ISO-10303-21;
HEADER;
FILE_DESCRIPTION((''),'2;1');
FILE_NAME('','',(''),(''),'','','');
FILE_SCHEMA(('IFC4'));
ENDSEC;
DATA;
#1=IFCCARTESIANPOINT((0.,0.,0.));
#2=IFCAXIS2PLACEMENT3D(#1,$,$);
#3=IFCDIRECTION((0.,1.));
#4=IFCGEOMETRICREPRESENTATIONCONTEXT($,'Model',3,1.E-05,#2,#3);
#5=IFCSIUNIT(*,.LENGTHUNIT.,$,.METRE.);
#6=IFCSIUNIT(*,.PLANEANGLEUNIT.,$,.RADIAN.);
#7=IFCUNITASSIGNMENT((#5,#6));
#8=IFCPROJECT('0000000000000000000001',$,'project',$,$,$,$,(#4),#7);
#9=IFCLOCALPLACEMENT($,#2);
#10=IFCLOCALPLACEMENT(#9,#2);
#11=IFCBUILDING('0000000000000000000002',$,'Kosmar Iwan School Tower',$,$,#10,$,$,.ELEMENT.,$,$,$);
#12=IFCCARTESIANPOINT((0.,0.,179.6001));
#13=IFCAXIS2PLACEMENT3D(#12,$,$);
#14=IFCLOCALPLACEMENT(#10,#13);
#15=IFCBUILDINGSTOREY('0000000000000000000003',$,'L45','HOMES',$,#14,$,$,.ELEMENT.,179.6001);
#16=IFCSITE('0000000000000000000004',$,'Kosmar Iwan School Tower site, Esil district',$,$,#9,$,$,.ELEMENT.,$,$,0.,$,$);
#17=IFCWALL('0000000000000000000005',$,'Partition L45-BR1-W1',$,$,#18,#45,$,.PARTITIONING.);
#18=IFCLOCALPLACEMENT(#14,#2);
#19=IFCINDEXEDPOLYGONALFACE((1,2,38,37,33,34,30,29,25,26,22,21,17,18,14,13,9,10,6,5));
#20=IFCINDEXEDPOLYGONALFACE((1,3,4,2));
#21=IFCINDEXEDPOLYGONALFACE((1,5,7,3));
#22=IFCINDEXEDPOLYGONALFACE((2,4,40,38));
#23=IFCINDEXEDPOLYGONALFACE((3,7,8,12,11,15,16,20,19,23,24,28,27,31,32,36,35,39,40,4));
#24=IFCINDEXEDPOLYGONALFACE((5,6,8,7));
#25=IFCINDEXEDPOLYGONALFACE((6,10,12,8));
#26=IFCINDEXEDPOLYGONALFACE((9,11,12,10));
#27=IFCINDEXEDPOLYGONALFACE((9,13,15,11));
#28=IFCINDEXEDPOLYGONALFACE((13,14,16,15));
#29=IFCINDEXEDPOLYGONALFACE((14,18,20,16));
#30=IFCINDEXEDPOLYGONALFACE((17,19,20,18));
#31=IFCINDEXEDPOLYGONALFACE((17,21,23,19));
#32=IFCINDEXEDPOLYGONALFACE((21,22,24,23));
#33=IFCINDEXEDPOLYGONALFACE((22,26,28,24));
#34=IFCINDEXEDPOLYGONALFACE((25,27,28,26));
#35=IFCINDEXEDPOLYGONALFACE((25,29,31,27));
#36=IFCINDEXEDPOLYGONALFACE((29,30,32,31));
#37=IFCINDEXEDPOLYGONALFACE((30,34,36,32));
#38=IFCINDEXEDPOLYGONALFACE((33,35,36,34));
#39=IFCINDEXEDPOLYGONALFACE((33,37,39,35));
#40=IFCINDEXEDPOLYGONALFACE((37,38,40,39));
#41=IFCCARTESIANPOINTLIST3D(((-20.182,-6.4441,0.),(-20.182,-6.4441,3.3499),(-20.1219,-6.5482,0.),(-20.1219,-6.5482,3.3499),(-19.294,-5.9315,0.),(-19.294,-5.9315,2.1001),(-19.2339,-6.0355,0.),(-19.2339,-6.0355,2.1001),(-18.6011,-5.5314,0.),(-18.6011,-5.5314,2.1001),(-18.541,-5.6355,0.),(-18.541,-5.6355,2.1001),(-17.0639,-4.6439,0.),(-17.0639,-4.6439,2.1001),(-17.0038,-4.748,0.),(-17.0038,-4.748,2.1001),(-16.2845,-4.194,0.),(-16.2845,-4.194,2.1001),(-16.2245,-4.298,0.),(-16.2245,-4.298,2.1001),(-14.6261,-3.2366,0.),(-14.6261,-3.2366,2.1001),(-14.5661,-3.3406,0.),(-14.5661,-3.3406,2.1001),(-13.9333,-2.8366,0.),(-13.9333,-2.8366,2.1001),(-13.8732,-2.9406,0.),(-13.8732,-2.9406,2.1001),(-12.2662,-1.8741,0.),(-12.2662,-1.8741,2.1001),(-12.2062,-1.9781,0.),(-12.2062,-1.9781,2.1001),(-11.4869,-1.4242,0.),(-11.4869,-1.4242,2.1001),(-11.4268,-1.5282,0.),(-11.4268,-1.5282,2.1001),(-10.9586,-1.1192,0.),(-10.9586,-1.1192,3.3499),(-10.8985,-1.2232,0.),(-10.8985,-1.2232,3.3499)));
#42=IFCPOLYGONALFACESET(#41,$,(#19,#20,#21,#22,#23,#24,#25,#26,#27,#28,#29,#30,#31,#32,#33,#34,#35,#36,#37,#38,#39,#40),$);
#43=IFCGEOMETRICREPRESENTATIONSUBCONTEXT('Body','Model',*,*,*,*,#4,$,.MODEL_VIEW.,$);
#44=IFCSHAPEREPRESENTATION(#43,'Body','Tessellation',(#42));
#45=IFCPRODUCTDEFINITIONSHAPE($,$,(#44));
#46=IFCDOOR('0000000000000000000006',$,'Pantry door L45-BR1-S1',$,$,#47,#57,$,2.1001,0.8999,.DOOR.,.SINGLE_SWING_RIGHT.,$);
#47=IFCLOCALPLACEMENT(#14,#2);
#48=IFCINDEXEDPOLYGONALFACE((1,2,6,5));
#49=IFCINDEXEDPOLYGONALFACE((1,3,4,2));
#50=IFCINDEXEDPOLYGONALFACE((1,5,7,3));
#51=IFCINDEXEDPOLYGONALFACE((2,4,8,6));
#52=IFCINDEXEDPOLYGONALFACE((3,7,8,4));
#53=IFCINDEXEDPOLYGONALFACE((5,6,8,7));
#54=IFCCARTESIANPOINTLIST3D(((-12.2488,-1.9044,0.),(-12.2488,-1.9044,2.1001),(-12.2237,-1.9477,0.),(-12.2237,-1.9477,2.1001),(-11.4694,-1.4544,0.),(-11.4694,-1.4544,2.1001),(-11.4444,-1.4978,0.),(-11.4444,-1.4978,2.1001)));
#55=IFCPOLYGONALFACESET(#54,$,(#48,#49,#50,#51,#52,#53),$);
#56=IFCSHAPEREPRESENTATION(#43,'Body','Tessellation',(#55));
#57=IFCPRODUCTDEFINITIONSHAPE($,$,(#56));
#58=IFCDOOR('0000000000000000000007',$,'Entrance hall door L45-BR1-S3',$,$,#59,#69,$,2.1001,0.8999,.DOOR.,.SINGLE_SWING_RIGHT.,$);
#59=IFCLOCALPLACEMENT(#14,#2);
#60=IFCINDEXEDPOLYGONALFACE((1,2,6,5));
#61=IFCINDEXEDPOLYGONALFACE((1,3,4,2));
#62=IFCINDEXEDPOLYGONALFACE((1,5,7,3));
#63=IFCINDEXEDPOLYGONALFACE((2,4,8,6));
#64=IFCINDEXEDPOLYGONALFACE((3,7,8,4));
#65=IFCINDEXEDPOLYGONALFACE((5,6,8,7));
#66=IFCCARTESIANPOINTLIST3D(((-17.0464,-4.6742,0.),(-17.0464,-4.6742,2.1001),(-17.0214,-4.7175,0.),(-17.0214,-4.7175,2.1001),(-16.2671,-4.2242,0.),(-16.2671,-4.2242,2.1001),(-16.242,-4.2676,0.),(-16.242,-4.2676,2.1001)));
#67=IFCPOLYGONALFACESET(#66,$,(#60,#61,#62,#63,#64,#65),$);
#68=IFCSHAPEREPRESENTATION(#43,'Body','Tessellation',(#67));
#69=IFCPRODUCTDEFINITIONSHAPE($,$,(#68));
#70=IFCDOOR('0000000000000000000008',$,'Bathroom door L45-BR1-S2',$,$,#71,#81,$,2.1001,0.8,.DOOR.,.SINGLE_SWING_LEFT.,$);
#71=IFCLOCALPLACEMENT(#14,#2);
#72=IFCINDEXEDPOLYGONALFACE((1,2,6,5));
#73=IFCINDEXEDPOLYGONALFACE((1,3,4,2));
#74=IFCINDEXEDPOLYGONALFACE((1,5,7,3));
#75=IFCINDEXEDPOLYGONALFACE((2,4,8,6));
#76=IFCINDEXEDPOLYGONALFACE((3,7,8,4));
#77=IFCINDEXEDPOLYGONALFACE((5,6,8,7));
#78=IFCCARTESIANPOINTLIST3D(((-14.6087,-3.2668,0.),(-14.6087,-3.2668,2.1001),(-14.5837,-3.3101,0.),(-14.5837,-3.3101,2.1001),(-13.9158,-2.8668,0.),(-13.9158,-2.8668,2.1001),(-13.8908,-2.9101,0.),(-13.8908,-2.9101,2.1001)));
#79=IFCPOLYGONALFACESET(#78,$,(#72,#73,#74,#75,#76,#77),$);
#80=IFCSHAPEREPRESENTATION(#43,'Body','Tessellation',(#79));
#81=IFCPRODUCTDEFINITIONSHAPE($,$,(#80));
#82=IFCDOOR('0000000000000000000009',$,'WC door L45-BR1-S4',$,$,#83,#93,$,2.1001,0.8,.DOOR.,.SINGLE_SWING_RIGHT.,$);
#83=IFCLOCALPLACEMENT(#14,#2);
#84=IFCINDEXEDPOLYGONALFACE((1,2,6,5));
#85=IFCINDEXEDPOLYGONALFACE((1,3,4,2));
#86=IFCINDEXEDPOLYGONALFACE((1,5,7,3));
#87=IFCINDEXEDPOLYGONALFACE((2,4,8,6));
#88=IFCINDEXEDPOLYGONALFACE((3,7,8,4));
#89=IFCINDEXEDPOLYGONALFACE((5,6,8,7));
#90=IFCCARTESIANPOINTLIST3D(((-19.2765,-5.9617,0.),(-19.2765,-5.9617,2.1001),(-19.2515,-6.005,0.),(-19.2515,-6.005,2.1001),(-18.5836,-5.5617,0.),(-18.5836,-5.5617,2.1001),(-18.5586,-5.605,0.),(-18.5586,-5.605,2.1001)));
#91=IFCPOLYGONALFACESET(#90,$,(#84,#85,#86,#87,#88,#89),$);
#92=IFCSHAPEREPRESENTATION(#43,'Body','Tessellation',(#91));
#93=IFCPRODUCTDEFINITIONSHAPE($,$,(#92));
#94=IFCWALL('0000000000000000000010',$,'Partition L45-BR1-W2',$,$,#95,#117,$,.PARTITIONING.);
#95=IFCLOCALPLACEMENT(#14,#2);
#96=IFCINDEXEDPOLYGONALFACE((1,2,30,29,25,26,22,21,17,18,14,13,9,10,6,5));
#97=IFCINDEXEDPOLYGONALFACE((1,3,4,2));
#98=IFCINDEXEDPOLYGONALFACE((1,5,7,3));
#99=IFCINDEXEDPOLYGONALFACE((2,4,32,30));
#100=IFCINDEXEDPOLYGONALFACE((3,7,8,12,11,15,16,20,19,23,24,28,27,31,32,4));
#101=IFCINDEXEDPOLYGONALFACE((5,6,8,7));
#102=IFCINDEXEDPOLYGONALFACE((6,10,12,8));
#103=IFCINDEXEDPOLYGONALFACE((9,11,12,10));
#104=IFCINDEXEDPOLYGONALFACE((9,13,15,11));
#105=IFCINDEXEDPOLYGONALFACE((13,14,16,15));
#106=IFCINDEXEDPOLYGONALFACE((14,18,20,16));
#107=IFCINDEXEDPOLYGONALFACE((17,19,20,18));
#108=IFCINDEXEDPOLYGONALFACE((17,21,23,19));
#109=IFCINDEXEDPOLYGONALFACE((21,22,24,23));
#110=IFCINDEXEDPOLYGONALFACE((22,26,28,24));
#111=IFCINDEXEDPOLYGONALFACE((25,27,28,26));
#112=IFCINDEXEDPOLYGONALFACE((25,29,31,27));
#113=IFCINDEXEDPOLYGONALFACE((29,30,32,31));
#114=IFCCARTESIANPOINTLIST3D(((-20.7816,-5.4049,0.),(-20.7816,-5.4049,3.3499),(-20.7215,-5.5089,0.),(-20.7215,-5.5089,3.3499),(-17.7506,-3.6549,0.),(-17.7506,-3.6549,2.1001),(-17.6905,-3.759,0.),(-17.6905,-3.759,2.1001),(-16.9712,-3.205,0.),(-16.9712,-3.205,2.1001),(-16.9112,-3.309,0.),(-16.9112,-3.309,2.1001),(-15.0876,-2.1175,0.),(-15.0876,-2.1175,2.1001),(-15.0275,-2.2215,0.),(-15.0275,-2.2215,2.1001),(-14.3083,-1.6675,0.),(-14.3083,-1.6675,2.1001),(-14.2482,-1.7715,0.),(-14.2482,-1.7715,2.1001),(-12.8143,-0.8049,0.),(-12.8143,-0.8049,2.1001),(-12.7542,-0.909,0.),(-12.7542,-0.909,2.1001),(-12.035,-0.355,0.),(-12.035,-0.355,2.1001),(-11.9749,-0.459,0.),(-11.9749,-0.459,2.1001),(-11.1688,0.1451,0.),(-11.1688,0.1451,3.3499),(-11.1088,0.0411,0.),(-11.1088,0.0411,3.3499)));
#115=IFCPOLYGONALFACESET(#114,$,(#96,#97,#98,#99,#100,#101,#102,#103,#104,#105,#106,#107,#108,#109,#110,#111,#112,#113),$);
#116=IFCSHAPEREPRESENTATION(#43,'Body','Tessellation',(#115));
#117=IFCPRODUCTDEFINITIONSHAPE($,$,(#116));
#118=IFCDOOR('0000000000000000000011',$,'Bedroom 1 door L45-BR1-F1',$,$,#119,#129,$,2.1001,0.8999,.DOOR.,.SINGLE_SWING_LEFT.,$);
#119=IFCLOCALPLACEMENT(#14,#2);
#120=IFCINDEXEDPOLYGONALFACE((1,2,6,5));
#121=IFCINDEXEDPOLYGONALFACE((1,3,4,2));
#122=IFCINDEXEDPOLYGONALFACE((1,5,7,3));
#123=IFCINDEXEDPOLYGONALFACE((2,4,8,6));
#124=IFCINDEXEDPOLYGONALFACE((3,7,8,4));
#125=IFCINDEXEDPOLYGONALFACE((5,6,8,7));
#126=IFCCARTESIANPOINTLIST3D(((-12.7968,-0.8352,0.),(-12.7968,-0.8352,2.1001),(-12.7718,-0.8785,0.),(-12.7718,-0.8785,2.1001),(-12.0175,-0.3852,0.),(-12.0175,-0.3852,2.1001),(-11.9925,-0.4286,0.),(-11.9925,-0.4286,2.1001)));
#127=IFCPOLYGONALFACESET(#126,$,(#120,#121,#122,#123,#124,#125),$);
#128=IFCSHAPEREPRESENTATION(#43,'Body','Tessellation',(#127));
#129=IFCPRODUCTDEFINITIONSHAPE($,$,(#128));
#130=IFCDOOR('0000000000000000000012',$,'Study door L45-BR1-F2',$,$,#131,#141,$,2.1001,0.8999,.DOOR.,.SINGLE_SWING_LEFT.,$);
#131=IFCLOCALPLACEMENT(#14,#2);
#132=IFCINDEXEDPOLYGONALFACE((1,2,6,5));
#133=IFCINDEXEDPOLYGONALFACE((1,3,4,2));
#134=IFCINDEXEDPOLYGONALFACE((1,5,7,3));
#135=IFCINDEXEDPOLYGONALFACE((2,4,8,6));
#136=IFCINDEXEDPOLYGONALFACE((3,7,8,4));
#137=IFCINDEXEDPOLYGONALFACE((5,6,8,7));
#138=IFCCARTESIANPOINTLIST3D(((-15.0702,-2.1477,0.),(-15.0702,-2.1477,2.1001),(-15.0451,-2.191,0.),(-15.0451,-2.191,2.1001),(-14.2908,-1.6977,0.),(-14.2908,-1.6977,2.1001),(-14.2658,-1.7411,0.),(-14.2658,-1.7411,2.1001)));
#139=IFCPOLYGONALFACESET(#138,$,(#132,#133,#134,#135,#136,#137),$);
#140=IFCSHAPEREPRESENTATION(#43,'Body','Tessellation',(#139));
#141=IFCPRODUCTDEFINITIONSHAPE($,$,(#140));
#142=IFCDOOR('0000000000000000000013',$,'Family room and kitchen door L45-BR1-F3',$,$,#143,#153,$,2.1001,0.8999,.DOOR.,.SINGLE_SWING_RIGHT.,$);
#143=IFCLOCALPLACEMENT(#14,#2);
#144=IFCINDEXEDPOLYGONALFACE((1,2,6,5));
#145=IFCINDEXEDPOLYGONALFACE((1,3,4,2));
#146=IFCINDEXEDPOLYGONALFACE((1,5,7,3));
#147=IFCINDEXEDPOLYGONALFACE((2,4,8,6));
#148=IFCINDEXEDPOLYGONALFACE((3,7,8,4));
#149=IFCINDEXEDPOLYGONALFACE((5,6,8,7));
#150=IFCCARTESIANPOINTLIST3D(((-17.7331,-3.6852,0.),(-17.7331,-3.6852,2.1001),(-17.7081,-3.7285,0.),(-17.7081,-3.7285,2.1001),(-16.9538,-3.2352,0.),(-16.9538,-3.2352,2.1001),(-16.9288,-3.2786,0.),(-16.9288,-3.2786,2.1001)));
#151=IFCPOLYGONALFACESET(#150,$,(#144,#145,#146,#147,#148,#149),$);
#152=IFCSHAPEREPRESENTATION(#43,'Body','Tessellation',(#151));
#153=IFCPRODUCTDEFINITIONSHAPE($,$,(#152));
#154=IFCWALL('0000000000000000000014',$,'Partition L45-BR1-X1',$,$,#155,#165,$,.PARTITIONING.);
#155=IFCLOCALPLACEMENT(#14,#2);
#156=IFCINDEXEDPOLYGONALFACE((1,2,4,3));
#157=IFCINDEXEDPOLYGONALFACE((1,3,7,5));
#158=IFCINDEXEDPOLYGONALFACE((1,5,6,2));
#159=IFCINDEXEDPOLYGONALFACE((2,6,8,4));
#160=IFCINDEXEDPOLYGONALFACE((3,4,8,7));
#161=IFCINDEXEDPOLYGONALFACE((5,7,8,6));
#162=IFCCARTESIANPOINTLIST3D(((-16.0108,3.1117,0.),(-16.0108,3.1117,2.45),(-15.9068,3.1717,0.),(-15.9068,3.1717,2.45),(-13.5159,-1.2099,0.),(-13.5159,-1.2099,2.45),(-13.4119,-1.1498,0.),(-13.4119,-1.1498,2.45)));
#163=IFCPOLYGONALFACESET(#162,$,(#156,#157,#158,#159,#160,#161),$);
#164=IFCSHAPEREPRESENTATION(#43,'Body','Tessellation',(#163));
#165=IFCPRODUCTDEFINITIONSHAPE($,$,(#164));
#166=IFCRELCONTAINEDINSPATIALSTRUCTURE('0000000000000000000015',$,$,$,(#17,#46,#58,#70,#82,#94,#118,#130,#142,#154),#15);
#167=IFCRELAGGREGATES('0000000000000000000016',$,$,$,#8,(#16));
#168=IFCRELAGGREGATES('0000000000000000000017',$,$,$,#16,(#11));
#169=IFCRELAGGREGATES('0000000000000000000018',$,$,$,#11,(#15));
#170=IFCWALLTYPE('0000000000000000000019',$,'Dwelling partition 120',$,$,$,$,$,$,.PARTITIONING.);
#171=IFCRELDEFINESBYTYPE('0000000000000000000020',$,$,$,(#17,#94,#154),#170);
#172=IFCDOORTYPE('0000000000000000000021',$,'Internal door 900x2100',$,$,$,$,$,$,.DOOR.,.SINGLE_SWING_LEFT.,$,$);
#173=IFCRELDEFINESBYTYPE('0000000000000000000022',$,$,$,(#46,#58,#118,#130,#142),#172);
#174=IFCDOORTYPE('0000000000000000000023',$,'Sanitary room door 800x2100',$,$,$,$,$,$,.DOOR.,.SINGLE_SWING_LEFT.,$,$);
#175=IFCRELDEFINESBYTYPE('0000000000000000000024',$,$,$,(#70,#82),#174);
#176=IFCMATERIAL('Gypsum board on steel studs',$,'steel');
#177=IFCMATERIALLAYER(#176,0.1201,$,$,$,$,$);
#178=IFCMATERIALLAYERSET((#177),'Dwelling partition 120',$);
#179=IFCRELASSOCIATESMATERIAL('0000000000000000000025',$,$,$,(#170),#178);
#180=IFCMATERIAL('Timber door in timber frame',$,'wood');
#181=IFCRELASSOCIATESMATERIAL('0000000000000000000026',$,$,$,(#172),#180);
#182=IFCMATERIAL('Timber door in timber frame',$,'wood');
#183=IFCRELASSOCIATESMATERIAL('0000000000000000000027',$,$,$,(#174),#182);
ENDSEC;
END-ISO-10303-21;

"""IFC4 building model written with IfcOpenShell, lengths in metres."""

from ifc_helpers import new_model, si_unit, direction, frame, frame_2d, origin, place, context, subcontext, project, spatial, rectangle, extrude, material, layer, layer_set, type_object, element, fill, save


model = new_model("IFC4")

# Units and contexts
model_context = context("Model", 3, precision=1e-05, world=origin(), true_north=direction((0.0, 1.0)))
body_context = subcontext(model_context, "Body", "Model", "MODEL_VIEW")
ifc_project = project(units=[si_unit("LENGTHUNIT", "METRE"), si_unit("PLANEANGLEUNIT", "RADIAN")], contexts=[model_context])

# Site, building, storey
site_placement = place(None, origin())
site = spatial("IfcSite", under=ifc_project, at=site_placement, Name="Kosmar Iwan School Tower site, Esil district", CompositionType="ELEMENT", RefElevation=0.0)
building_placement = place(site_placement, origin())
building = spatial("IfcBuilding", under=site, at=building_placement, Name="Kosmar Iwan School Tower", CompositionType="ELEMENT")
storey_placement = place(building_placement, frame((0.0, 0.0, 179.6001)))
storey = spatial("IfcBuildingStorey", under=building, at=storey_placement, Name="L45", Description="HOMES", CompositionType="ELEMENT", Elevation=179.6001)

# Walls, openings, doors
ifc_material_1 = material(Name="Gypsum board on steel studs", Category="steel")
ifc_layer_1 = layer(ifc_material_1, 0.1201)
ifc_layer_set_1 = layer_set([ifc_layer_1], Name="Dwelling partition 120")
wall_type_1 = type_object("IfcWallType", Name="Dwelling partition 120", PredefinedType="PARTITIONING", material=ifc_layer_set_1)
wall_1_placement = place(storey_placement, frame((-10.9285, -1.1711, 0.0), z_axis=(0.0, 0.0, 1.0), x_axis=(-0.866033, -0.499988, 0.0)))
wall_1 = element("IfcWall", 1, at=wall_1_placement, inside=storey, type_object=wall_type_1, Name="Partition L45-BR1-W1", PredefinedType="PARTITIONING", context=body_context, shape_type="SweptSolid", body=[
    extrude(rectangle(XDim=10.6501, YDim=0.1201, at=frame_2d((5.3252, 0.0))), origin(), (0.0, 0.0, 1.0), 3.3499),
])
opening_1_placement = place(wall_1_placement, frame((0.6101, 0.0, 0.0)))
opening_1 = element("IfcOpeningElement", 2, at=opening_1_placement, cuts=wall_1, PredefinedType="OPENING", context=body_context, shape_type="SweptSolid", body=[
    extrude(rectangle(XDim=0.8999, YDim=2.1001, at=frame_2d((0.45, 1.05))), frame((0.0, 0.072, 0.0), z_axis=(0.0, -1.0, 0.0), x_axis=(1.0, 0.0, 0.0)), (0.0, 0.0, 1.0), 0.144),
])
opening_2_placement = place(wall_1_placement, frame((3.4351, 0.0, 0.0)))
opening_2 = element("IfcOpeningElement", 3, at=opening_2_placement, cuts=wall_1, PredefinedType="OPENING", context=body_context, shape_type="SweptSolid", body=[
    extrude(rectangle(XDim=0.8, YDim=2.1001, at=frame_2d((0.3999, 1.05))), frame((0.0, 0.072, 0.0), z_axis=(0.0, -1.0, 0.0), x_axis=(1.0, 0.0, 0.0)), (0.0, 0.0, 1.0), 0.144),
])
opening_3_placement = place(wall_1_placement, frame((6.1499, 0.0, 0.0)))
opening_3 = element("IfcOpeningElement", 4, at=opening_3_placement, cuts=wall_1, PredefinedType="OPENING", context=body_context, shape_type="SweptSolid", body=[
    extrude(rectangle(XDim=0.8999, YDim=2.1001, at=frame_2d((0.45, 1.05))), frame((0.0, 0.072, 0.0), z_axis=(0.0, -1.0, 0.0), x_axis=(1.0, 0.0, 0.0)), (0.0, 0.0, 1.0), 0.144),
])
opening_4_placement = place(wall_1_placement, frame((8.825, 0.0, 0.0)))
opening_4 = element("IfcOpeningElement", 5, at=opening_4_placement, cuts=wall_1, PredefinedType="OPENING", context=body_context, shape_type="SweptSolid", body=[
    extrude(rectangle(XDim=0.8, YDim=2.1001, at=frame_2d((0.3999, 1.05))), frame((0.0, 0.072, 0.0), z_axis=(0.0, -1.0, 0.0), x_axis=(1.0, 0.0, 0.0)), (0.0, 0.0, 1.0), 0.144),
])
ifc_material_2 = material(Name="Timber door in timber frame", Category="wood")
door_type_1 = type_object("IfcDoorType", Name="Internal door 900x2100", OperationType="SINGLE_SWING_LEFT", PredefinedType="DOOR", material=ifc_material_2)
door_1_placement = place(opening_1_placement, origin())
door_1 = element("IfcDoor", 6, at=door_1_placement, inside=storey, type_object=door_type_1, Name="Pantry door L45-BR1-S1", OperationType="SINGLE_SWING_RIGHT", OverallHeight=2.1001, OverallWidth=0.8999, PredefinedType="DOOR", context=body_context, shape_type="SweptSolid", body=[
    extrude(rectangle(XDim=0.8999, YDim=2.1001, at=frame_2d((0.45, 1.05))), frame((0.0, 0.0249, 0.0), z_axis=(0.0, -1.0, 0.0), x_axis=(1.0, 0.0, 0.0)), (0.0, 0.0, 1.0), 0.05),
])
fill(opening_1, door_1)
door_2_placement = place(opening_3_placement, origin())
door_2 = element("IfcDoor", 7, at=door_2_placement, inside=storey, type_object=door_type_1, Name="Entrance hall door L45-BR1-S3", OperationType="SINGLE_SWING_RIGHT", OverallHeight=2.1001, OverallWidth=0.8999, PredefinedType="DOOR", context=body_context, shape_type="SweptSolid", body=[
    extrude(rectangle(XDim=0.8999, YDim=2.1001, at=frame_2d((0.45, 1.05))), frame((0.0, 0.0249, 0.0), z_axis=(0.0, -1.0, 0.0), x_axis=(1.0, 0.0, 0.0)), (0.0, 0.0, 1.0), 0.05),
])
fill(opening_3, door_2)
ifc_material_3 = material(Name="Timber door in timber frame", Category="wood")
door_type_2 = type_object("IfcDoorType", Name="Sanitary room door 800x2100", OperationType="SINGLE_SWING_LEFT", PredefinedType="DOOR", material=ifc_material_3)
door_3_placement = place(opening_2_placement, origin())
door_3 = element("IfcDoor", 8, at=door_3_placement, inside=storey, type_object=door_type_2, Name="Bathroom door L45-BR1-S2", OperationType="SINGLE_SWING_LEFT", OverallHeight=2.1001, OverallWidth=0.8, PredefinedType="DOOR", context=body_context, shape_type="SweptSolid", body=[
    extrude(rectangle(XDim=0.8, YDim=2.1001, at=frame_2d((0.3999, 1.05))), frame((0.0, 0.0249, 0.0), z_axis=(0.0, -1.0, 0.0), x_axis=(1.0, 0.0, 0.0)), (0.0, 0.0, 1.0), 0.05),
])
fill(opening_2, door_3)
door_4_placement = place(opening_4_placement, origin())
door_4 = element("IfcDoor", 9, at=door_4_placement, inside=storey, type_object=door_type_2, Name="WC door L45-BR1-S4", OperationType="SINGLE_SWING_RIGHT", OverallHeight=2.1001, OverallWidth=0.8, PredefinedType="DOOR", context=body_context, shape_type="SweptSolid", body=[
    extrude(rectangle(XDim=0.8, YDim=2.1001, at=frame_2d((0.3999, 1.05))), frame((0.0, 0.0249, 0.0), z_axis=(0.0, -1.0, 0.0), x_axis=(1.0, 0.0, 0.0)), (0.0, 0.0, 1.0), 0.05),
])
fill(opening_4, door_4)
wall_2_placement = place(storey_placement, frame((-11.1389, 0.093, 0.0), z_axis=(0.0, 0.0, 1.0), x_axis=(-0.866021, -0.500007, 0.0)))
wall_2 = element("IfcWall", 10, at=wall_2_placement, inside=storey, type_object=wall_type_1, Name="Partition L45-BR1-W2", PredefinedType="PARTITIONING", context=body_context, shape_type="SweptSolid", body=[
    extrude(rectangle(XDim=11.0999, YDim=0.1201, at=frame_2d((5.5498, 0.0))), origin(), (0.0, 0.0, 1.0), 3.3499),
])
opening_5_placement = place(wall_2_placement, frame((1.0, 0.0, 0.0)))
opening_5 = element("IfcOpeningElement", 11, at=opening_5_placement, cuts=wall_2, PredefinedType="OPENING", context=body_context, shape_type="SweptSolid", body=[
    extrude(rectangle(XDim=0.8999, YDim=2.1001, at=frame_2d((0.45, 1.05))), frame((0.0, 0.072, 0.0), z_axis=(0.0, -1.0, 0.0), x_axis=(1.0, 0.0, 0.0)), (0.0, 0.0, 1.0), 0.144),
])
opening_6_placement = place(wall_2_placement, frame((3.625, 0.0, 0.0)))
opening_6 = element("IfcOpeningElement", 12, at=opening_6_placement, cuts=wall_2, PredefinedType="OPENING", context=body_context, shape_type="SweptSolid", body=[
    extrude(rectangle(XDim=0.8999, YDim=2.1001, at=frame_2d((0.45, 1.05))), frame((0.0, 0.072, 0.0), z_axis=(0.0, -1.0, 0.0), x_axis=(1.0, 0.0, 0.0)), (0.0, 0.0, 1.0), 0.144),
])
opening_7_placement = place(wall_2_placement, frame((6.7, 0.0, 0.0)))
opening_7 = element("IfcOpeningElement", 13, at=opening_7_placement, cuts=wall_2, PredefinedType="OPENING", context=body_context, shape_type="SweptSolid", body=[
    extrude(rectangle(XDim=0.8999, YDim=2.1001, at=frame_2d((0.45, 1.05))), frame((0.0, 0.072, 0.0), z_axis=(0.0, -1.0, 0.0), x_axis=(1.0, 0.0, 0.0)), (0.0, 0.0, 1.0), 0.144),
])
door_5_placement = place(opening_5_placement, origin())
door_5 = element("IfcDoor", 14, at=door_5_placement, inside=storey, type_object=door_type_1, Name="Bedroom 1 door L45-BR1-F1", OperationType="SINGLE_SWING_LEFT", OverallHeight=2.1001, OverallWidth=0.8999, PredefinedType="DOOR", context=body_context, shape_type="SweptSolid", body=[
    extrude(rectangle(XDim=0.8999, YDim=2.1001, at=frame_2d((0.45, 1.05))), frame((0.0, 0.0249, 0.0), z_axis=(0.0, -1.0, 0.0), x_axis=(1.0, 0.0, 0.0)), (0.0, 0.0, 1.0), 0.05),
])
fill(opening_5, door_5)
door_6_placement = place(opening_6_placement, origin())
door_6 = element("IfcDoor", 15, at=door_6_placement, inside=storey, type_object=door_type_1, Name="Study door L45-BR1-F2", OperationType="SINGLE_SWING_LEFT", OverallHeight=2.1001, OverallWidth=0.8999, PredefinedType="DOOR", context=body_context, shape_type="SweptSolid", body=[
    extrude(rectangle(XDim=0.8999, YDim=2.1001, at=frame_2d((0.45, 1.05))), frame((0.0, 0.0249, 0.0), z_axis=(0.0, -1.0, 0.0), x_axis=(1.0, 0.0, 0.0)), (0.0, 0.0, 1.0), 0.05),
])
fill(opening_6, door_6)
door_7_placement = place(opening_7_placement, origin())
door_7 = element("IfcDoor", 16, at=door_7_placement, inside=storey, type_object=door_type_1, Name="Family room and kitchen door L45-BR1-F3", OperationType="SINGLE_SWING_RIGHT", OverallHeight=2.1001, OverallWidth=0.8999, PredefinedType="DOOR", context=body_context, shape_type="SweptSolid", body=[
    extrude(rectangle(XDim=0.8999, YDim=2.1001, at=frame_2d((0.45, 1.05))), frame((0.0, 0.0249, 0.0), z_axis=(0.0, -1.0, 0.0), x_axis=(1.0, 0.0, 0.0)), (0.0, 0.0, 1.0), 0.05),
])
fill(opening_7, door_7)

# Wall
wall_3_placement = place(storey_placement, frame((-13.4639, -1.1799, 0.0), z_axis=(0.0, 0.0, 1.0), x_axis=(-0.499975, 0.86604, 0.0)))
element("IfcWall", 17, at=wall_3_placement, inside=storey, type_object=wall_type_1, Name="Partition L45-BR1-X1", PredefinedType="PARTITIONING", context=body_context, shape_type="SweptSolid", body=[
    extrude(rectangle(XDim=4.99, YDim=0.1201, at=frame_2d((2.4951, 0.0))), origin(), (0.0, 0.0, 1.0), 2.45),
])

save(model, "model.ifc")
